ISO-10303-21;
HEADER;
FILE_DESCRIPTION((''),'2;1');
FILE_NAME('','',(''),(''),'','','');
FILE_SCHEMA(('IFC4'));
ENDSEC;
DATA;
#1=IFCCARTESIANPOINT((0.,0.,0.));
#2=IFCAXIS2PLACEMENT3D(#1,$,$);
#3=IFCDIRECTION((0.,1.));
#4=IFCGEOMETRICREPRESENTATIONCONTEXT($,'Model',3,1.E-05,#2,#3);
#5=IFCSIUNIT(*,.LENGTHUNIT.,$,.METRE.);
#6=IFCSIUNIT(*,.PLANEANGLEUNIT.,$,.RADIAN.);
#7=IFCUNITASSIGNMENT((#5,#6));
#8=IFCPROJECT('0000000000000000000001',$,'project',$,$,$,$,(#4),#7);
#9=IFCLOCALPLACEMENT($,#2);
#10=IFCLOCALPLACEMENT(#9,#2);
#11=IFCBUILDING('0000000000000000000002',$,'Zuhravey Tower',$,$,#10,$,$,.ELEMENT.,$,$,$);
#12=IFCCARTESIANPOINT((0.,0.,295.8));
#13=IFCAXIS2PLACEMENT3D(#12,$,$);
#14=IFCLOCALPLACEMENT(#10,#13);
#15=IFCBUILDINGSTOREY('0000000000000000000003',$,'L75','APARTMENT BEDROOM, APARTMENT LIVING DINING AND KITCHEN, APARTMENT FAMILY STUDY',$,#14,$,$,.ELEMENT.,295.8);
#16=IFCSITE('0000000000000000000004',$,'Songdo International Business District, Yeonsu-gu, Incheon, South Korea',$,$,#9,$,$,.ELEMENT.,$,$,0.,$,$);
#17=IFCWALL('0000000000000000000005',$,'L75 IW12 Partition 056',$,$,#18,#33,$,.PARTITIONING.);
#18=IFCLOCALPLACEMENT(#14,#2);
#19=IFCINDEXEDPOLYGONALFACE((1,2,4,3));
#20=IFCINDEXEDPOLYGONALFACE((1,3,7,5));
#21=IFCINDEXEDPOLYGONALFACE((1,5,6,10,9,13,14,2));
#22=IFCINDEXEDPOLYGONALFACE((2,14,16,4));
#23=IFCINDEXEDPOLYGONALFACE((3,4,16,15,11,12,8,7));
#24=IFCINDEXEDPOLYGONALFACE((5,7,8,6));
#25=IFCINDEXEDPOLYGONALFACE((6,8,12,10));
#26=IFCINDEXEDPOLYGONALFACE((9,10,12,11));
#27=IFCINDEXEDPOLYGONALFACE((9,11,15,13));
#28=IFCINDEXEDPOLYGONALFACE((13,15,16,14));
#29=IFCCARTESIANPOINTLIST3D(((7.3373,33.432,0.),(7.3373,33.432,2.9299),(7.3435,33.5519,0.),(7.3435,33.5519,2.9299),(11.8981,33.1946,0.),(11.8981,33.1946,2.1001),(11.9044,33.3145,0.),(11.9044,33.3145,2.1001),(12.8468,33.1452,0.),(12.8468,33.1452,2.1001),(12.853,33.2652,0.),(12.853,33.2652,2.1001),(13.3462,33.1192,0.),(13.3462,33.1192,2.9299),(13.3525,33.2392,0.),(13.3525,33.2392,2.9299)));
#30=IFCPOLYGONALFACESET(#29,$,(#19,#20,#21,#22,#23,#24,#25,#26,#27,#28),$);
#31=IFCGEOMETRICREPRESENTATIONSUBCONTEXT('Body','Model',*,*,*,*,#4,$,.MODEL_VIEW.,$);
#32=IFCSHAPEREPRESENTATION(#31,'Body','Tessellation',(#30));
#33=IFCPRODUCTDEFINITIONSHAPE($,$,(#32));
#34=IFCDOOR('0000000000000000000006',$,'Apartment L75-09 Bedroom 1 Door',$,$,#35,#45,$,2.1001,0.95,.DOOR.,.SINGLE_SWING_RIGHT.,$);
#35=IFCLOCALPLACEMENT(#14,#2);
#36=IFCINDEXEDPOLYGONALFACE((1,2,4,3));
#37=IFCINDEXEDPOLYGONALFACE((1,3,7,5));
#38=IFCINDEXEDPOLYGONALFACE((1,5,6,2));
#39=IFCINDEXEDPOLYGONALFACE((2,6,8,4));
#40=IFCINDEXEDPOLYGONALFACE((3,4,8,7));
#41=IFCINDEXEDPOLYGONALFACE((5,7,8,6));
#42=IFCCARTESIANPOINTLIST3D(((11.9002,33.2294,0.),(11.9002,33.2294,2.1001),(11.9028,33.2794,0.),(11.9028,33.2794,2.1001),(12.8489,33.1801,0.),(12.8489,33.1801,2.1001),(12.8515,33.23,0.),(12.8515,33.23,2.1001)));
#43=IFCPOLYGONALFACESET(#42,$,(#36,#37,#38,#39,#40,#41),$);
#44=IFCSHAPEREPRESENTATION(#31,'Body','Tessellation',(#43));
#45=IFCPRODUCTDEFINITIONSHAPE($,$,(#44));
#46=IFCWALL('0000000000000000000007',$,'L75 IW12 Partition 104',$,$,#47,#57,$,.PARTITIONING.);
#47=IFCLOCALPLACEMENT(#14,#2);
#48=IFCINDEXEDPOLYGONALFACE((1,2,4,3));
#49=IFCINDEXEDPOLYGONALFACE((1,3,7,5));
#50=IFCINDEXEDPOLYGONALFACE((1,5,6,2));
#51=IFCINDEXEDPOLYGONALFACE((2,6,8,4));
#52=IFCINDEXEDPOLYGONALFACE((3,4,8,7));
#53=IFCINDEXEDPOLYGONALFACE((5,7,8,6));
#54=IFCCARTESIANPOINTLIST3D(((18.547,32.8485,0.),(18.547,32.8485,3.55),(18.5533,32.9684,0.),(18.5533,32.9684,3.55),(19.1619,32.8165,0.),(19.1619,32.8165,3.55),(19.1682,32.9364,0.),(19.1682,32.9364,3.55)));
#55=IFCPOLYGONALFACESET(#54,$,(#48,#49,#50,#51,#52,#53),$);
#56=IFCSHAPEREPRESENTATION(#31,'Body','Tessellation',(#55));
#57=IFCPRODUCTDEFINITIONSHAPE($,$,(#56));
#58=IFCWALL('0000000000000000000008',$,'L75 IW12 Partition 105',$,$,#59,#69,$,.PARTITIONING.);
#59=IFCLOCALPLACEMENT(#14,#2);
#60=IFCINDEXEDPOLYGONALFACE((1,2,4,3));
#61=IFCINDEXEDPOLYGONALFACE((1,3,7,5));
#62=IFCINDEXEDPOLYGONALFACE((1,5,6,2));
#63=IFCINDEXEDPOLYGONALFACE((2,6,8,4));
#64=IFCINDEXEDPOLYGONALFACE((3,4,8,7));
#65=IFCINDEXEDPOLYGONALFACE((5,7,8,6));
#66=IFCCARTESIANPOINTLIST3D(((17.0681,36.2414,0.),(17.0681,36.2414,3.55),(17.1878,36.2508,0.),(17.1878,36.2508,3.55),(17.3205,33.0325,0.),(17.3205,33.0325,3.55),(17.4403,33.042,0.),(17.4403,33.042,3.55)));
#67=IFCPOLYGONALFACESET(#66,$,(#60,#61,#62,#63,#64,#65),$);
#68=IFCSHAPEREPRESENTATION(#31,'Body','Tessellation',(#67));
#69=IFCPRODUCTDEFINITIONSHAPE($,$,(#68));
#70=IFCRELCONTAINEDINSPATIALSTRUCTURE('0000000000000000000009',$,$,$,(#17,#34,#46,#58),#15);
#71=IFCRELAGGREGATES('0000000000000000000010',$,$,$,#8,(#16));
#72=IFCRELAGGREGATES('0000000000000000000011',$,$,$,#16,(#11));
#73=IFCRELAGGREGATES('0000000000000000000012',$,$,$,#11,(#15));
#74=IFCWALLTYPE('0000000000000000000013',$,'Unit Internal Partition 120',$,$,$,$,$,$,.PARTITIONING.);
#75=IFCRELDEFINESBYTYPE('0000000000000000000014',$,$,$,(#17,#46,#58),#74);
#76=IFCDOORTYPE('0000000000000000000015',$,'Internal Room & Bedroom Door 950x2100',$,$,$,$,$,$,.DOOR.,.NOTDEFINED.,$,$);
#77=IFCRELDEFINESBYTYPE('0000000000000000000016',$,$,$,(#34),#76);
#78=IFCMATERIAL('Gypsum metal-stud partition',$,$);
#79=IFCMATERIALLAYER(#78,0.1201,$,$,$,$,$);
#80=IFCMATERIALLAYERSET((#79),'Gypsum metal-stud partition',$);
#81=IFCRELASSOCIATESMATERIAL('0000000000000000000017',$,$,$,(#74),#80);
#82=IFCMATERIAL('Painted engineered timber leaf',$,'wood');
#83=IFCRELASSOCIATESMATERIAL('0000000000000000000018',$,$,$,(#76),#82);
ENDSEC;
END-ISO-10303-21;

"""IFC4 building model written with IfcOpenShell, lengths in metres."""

from ifc_helpers import new_model, si_unit, direction, frame, frame_2d, origin, place, context, subcontext, project, spatial, rectangle, extrude, material, layer, layer_set, type_object, element, fill, save


model = new_model("IFC4")

# Units and contexts
model_context = context("Model", 3, precision=1e-05, world=origin(), true_north=direction((0.0, 1.0)))
body_context = subcontext(model_context, "Body", "Model", "MODEL_VIEW")
ifc_project = project(units=[si_unit("LENGTHUNIT", "METRE"), si_unit("PLANEANGLEUNIT", "RADIAN")], contexts=[model_context])

# Site, building, storey
site_placement = place(None, origin())
site = spatial("IfcSite", under=ifc_project, at=site_placement, Name="Songdo International Business District, Yeonsu-gu, Incheon, South Korea", CompositionType="ELEMENT", RefElevation=0.0)
building_placement = place(site_placement, origin())
building = spatial("IfcBuilding", under=site, at=building_placement, Name="Zuhravey Tower", CompositionType="ELEMENT")
storey_placement = place(building_placement, frame((0.0, 0.0, 295.8)))
storey = spatial("IfcBuildingStorey", under=building, at=storey_placement, Name="L75", Description="APARTMENT BEDROOM, APARTMENT LIVING DINING AND KITCHEN, APARTMENT FAMILY STUDY", CompositionType="ELEMENT", Elevation=295.8)

# Shared definitions
ifc_material_1 = material(Name="Gypsum metal-stud partition")
ifc_layer_1 = layer(ifc_material_1, 0.1201)
ifc_layer_set_1 = layer_set([ifc_layer_1], Name="Gypsum metal-stud partition")
wall_type_1 = type_object("IfcWallType", Name="Unit Internal Partition 120", PredefinedType="PARTITIONING", material=ifc_layer_set_1)
ifc_material_2 = material(Name="Painted engineered timber leaf", Category="wood")
door_type_1 = type_object("IfcDoorType", Name="Internal Room & Bedroom Door 950x2100", OperationType="NOTDEFINED", PredefinedType="DOOR", material=ifc_material_2)

# Wall, opening, door
wall_1_placement = place(storey_placement, frame((13.3494, 33.1792, 0.0), z_axis=(0.0, 0.0, 1.0), x_axis=(-0.998648, 0.051975, 0.0)))
wall_1 = element("IfcWall", 1, at=wall_1_placement, inside=storey, type_object=wall_type_1, Name="L75 IW12 Partition 056", PredefinedType="PARTITIONING", context=body_context, shape_type="SweptSolid", body=[
    extrude(rectangle(XDim=6.0171, YDim=0.1201, at=frame_2d((3.0085, 0.0))), origin(), (0.0, 0.0, 1.0), 2.9299),
])
opening_1_placement = place(wall_1_placement, frame((0.5, 0.0, 0.0)))
opening_1 = element("IfcOpeningElement", 2, at=opening_1_placement, cuts=wall_1, PredefinedType="OPENING", context=body_context, shape_type="SweptSolid", body=[
    extrude(rectangle(XDim=0.95, YDim=2.1001, at=frame_2d((0.4751, 1.05))), frame((0.0, 0.072, 0.0), z_axis=(0.0, -1.0, 0.0), x_axis=(1.0, 0.0, 0.0)), (0.0, 0.0, 1.0), 0.144),
])
door_1_placement = place(opening_1_placement, frame((0.95, 0.0, 0.0), z_axis=(0.0, 0.0, 1.0), x_axis=(-1.0, 0.0, 0.0)))
door_1 = element("IfcDoor", 3, at=door_1_placement, inside=storey, type_object=door_type_1, Name="Apartment L75-09 Bedroom 1 Door", OperationType="SINGLE_SWING_RIGHT", OverallHeight=2.1001, OverallWidth=0.95, PredefinedType="DOOR", context=body_context, shape_type="SweptSolid", body=[
    extrude(rectangle(XDim=0.95, YDim=2.1001, at=frame_2d((0.4751, 1.05))), frame((0.0, 0.0249, 0.0), z_axis=(0.0, -1.0, 0.0), x_axis=(1.0, 0.0, 0.0)), (0.0, 0.0, 1.0), 0.05),
])
fill(opening_1, door_1)

# Walls
wall_2_placement = place(storey_placement, frame((19.165, 32.8765, 0.0), z_axis=(0.0, 0.0, 1.0), x_axis=(-0.99865, 0.051935, 0.0)))
element("IfcWall", 4, at=wall_2_placement, inside=storey, type_object=wall_type_1, Name="L75 IW12 Partition 104", PredefinedType="PARTITIONING", context=body_context, shape_type="SweptSolid", body=[
    extrude(rectangle(XDim=0.6157, YDim=0.1201, at=frame_2d((0.3079, 0.0))), origin(), (0.0, 0.0, 1.0), 3.55),
])
wall_3_placement = place(storey_placement, frame((17.1279, 36.2461, 0.0), z_axis=(0.0, 0.0, 1.0), x_axis=(0.078431, -0.99692, 0.0)))
element("IfcWall", 5, at=wall_3_placement, inside=storey, type_object=wall_type_1, Name="L75 IW12 Partition 105", PredefinedType="PARTITIONING", context=body_context, shape_type="SweptSolid", body=[
    extrude(rectangle(XDim=3.2188, YDim=0.1201, at=frame_2d((1.6094, 0.0))), origin(), (0.0, 0.0, 1.0), 3.55),
])

save(model, "model.ifc")
